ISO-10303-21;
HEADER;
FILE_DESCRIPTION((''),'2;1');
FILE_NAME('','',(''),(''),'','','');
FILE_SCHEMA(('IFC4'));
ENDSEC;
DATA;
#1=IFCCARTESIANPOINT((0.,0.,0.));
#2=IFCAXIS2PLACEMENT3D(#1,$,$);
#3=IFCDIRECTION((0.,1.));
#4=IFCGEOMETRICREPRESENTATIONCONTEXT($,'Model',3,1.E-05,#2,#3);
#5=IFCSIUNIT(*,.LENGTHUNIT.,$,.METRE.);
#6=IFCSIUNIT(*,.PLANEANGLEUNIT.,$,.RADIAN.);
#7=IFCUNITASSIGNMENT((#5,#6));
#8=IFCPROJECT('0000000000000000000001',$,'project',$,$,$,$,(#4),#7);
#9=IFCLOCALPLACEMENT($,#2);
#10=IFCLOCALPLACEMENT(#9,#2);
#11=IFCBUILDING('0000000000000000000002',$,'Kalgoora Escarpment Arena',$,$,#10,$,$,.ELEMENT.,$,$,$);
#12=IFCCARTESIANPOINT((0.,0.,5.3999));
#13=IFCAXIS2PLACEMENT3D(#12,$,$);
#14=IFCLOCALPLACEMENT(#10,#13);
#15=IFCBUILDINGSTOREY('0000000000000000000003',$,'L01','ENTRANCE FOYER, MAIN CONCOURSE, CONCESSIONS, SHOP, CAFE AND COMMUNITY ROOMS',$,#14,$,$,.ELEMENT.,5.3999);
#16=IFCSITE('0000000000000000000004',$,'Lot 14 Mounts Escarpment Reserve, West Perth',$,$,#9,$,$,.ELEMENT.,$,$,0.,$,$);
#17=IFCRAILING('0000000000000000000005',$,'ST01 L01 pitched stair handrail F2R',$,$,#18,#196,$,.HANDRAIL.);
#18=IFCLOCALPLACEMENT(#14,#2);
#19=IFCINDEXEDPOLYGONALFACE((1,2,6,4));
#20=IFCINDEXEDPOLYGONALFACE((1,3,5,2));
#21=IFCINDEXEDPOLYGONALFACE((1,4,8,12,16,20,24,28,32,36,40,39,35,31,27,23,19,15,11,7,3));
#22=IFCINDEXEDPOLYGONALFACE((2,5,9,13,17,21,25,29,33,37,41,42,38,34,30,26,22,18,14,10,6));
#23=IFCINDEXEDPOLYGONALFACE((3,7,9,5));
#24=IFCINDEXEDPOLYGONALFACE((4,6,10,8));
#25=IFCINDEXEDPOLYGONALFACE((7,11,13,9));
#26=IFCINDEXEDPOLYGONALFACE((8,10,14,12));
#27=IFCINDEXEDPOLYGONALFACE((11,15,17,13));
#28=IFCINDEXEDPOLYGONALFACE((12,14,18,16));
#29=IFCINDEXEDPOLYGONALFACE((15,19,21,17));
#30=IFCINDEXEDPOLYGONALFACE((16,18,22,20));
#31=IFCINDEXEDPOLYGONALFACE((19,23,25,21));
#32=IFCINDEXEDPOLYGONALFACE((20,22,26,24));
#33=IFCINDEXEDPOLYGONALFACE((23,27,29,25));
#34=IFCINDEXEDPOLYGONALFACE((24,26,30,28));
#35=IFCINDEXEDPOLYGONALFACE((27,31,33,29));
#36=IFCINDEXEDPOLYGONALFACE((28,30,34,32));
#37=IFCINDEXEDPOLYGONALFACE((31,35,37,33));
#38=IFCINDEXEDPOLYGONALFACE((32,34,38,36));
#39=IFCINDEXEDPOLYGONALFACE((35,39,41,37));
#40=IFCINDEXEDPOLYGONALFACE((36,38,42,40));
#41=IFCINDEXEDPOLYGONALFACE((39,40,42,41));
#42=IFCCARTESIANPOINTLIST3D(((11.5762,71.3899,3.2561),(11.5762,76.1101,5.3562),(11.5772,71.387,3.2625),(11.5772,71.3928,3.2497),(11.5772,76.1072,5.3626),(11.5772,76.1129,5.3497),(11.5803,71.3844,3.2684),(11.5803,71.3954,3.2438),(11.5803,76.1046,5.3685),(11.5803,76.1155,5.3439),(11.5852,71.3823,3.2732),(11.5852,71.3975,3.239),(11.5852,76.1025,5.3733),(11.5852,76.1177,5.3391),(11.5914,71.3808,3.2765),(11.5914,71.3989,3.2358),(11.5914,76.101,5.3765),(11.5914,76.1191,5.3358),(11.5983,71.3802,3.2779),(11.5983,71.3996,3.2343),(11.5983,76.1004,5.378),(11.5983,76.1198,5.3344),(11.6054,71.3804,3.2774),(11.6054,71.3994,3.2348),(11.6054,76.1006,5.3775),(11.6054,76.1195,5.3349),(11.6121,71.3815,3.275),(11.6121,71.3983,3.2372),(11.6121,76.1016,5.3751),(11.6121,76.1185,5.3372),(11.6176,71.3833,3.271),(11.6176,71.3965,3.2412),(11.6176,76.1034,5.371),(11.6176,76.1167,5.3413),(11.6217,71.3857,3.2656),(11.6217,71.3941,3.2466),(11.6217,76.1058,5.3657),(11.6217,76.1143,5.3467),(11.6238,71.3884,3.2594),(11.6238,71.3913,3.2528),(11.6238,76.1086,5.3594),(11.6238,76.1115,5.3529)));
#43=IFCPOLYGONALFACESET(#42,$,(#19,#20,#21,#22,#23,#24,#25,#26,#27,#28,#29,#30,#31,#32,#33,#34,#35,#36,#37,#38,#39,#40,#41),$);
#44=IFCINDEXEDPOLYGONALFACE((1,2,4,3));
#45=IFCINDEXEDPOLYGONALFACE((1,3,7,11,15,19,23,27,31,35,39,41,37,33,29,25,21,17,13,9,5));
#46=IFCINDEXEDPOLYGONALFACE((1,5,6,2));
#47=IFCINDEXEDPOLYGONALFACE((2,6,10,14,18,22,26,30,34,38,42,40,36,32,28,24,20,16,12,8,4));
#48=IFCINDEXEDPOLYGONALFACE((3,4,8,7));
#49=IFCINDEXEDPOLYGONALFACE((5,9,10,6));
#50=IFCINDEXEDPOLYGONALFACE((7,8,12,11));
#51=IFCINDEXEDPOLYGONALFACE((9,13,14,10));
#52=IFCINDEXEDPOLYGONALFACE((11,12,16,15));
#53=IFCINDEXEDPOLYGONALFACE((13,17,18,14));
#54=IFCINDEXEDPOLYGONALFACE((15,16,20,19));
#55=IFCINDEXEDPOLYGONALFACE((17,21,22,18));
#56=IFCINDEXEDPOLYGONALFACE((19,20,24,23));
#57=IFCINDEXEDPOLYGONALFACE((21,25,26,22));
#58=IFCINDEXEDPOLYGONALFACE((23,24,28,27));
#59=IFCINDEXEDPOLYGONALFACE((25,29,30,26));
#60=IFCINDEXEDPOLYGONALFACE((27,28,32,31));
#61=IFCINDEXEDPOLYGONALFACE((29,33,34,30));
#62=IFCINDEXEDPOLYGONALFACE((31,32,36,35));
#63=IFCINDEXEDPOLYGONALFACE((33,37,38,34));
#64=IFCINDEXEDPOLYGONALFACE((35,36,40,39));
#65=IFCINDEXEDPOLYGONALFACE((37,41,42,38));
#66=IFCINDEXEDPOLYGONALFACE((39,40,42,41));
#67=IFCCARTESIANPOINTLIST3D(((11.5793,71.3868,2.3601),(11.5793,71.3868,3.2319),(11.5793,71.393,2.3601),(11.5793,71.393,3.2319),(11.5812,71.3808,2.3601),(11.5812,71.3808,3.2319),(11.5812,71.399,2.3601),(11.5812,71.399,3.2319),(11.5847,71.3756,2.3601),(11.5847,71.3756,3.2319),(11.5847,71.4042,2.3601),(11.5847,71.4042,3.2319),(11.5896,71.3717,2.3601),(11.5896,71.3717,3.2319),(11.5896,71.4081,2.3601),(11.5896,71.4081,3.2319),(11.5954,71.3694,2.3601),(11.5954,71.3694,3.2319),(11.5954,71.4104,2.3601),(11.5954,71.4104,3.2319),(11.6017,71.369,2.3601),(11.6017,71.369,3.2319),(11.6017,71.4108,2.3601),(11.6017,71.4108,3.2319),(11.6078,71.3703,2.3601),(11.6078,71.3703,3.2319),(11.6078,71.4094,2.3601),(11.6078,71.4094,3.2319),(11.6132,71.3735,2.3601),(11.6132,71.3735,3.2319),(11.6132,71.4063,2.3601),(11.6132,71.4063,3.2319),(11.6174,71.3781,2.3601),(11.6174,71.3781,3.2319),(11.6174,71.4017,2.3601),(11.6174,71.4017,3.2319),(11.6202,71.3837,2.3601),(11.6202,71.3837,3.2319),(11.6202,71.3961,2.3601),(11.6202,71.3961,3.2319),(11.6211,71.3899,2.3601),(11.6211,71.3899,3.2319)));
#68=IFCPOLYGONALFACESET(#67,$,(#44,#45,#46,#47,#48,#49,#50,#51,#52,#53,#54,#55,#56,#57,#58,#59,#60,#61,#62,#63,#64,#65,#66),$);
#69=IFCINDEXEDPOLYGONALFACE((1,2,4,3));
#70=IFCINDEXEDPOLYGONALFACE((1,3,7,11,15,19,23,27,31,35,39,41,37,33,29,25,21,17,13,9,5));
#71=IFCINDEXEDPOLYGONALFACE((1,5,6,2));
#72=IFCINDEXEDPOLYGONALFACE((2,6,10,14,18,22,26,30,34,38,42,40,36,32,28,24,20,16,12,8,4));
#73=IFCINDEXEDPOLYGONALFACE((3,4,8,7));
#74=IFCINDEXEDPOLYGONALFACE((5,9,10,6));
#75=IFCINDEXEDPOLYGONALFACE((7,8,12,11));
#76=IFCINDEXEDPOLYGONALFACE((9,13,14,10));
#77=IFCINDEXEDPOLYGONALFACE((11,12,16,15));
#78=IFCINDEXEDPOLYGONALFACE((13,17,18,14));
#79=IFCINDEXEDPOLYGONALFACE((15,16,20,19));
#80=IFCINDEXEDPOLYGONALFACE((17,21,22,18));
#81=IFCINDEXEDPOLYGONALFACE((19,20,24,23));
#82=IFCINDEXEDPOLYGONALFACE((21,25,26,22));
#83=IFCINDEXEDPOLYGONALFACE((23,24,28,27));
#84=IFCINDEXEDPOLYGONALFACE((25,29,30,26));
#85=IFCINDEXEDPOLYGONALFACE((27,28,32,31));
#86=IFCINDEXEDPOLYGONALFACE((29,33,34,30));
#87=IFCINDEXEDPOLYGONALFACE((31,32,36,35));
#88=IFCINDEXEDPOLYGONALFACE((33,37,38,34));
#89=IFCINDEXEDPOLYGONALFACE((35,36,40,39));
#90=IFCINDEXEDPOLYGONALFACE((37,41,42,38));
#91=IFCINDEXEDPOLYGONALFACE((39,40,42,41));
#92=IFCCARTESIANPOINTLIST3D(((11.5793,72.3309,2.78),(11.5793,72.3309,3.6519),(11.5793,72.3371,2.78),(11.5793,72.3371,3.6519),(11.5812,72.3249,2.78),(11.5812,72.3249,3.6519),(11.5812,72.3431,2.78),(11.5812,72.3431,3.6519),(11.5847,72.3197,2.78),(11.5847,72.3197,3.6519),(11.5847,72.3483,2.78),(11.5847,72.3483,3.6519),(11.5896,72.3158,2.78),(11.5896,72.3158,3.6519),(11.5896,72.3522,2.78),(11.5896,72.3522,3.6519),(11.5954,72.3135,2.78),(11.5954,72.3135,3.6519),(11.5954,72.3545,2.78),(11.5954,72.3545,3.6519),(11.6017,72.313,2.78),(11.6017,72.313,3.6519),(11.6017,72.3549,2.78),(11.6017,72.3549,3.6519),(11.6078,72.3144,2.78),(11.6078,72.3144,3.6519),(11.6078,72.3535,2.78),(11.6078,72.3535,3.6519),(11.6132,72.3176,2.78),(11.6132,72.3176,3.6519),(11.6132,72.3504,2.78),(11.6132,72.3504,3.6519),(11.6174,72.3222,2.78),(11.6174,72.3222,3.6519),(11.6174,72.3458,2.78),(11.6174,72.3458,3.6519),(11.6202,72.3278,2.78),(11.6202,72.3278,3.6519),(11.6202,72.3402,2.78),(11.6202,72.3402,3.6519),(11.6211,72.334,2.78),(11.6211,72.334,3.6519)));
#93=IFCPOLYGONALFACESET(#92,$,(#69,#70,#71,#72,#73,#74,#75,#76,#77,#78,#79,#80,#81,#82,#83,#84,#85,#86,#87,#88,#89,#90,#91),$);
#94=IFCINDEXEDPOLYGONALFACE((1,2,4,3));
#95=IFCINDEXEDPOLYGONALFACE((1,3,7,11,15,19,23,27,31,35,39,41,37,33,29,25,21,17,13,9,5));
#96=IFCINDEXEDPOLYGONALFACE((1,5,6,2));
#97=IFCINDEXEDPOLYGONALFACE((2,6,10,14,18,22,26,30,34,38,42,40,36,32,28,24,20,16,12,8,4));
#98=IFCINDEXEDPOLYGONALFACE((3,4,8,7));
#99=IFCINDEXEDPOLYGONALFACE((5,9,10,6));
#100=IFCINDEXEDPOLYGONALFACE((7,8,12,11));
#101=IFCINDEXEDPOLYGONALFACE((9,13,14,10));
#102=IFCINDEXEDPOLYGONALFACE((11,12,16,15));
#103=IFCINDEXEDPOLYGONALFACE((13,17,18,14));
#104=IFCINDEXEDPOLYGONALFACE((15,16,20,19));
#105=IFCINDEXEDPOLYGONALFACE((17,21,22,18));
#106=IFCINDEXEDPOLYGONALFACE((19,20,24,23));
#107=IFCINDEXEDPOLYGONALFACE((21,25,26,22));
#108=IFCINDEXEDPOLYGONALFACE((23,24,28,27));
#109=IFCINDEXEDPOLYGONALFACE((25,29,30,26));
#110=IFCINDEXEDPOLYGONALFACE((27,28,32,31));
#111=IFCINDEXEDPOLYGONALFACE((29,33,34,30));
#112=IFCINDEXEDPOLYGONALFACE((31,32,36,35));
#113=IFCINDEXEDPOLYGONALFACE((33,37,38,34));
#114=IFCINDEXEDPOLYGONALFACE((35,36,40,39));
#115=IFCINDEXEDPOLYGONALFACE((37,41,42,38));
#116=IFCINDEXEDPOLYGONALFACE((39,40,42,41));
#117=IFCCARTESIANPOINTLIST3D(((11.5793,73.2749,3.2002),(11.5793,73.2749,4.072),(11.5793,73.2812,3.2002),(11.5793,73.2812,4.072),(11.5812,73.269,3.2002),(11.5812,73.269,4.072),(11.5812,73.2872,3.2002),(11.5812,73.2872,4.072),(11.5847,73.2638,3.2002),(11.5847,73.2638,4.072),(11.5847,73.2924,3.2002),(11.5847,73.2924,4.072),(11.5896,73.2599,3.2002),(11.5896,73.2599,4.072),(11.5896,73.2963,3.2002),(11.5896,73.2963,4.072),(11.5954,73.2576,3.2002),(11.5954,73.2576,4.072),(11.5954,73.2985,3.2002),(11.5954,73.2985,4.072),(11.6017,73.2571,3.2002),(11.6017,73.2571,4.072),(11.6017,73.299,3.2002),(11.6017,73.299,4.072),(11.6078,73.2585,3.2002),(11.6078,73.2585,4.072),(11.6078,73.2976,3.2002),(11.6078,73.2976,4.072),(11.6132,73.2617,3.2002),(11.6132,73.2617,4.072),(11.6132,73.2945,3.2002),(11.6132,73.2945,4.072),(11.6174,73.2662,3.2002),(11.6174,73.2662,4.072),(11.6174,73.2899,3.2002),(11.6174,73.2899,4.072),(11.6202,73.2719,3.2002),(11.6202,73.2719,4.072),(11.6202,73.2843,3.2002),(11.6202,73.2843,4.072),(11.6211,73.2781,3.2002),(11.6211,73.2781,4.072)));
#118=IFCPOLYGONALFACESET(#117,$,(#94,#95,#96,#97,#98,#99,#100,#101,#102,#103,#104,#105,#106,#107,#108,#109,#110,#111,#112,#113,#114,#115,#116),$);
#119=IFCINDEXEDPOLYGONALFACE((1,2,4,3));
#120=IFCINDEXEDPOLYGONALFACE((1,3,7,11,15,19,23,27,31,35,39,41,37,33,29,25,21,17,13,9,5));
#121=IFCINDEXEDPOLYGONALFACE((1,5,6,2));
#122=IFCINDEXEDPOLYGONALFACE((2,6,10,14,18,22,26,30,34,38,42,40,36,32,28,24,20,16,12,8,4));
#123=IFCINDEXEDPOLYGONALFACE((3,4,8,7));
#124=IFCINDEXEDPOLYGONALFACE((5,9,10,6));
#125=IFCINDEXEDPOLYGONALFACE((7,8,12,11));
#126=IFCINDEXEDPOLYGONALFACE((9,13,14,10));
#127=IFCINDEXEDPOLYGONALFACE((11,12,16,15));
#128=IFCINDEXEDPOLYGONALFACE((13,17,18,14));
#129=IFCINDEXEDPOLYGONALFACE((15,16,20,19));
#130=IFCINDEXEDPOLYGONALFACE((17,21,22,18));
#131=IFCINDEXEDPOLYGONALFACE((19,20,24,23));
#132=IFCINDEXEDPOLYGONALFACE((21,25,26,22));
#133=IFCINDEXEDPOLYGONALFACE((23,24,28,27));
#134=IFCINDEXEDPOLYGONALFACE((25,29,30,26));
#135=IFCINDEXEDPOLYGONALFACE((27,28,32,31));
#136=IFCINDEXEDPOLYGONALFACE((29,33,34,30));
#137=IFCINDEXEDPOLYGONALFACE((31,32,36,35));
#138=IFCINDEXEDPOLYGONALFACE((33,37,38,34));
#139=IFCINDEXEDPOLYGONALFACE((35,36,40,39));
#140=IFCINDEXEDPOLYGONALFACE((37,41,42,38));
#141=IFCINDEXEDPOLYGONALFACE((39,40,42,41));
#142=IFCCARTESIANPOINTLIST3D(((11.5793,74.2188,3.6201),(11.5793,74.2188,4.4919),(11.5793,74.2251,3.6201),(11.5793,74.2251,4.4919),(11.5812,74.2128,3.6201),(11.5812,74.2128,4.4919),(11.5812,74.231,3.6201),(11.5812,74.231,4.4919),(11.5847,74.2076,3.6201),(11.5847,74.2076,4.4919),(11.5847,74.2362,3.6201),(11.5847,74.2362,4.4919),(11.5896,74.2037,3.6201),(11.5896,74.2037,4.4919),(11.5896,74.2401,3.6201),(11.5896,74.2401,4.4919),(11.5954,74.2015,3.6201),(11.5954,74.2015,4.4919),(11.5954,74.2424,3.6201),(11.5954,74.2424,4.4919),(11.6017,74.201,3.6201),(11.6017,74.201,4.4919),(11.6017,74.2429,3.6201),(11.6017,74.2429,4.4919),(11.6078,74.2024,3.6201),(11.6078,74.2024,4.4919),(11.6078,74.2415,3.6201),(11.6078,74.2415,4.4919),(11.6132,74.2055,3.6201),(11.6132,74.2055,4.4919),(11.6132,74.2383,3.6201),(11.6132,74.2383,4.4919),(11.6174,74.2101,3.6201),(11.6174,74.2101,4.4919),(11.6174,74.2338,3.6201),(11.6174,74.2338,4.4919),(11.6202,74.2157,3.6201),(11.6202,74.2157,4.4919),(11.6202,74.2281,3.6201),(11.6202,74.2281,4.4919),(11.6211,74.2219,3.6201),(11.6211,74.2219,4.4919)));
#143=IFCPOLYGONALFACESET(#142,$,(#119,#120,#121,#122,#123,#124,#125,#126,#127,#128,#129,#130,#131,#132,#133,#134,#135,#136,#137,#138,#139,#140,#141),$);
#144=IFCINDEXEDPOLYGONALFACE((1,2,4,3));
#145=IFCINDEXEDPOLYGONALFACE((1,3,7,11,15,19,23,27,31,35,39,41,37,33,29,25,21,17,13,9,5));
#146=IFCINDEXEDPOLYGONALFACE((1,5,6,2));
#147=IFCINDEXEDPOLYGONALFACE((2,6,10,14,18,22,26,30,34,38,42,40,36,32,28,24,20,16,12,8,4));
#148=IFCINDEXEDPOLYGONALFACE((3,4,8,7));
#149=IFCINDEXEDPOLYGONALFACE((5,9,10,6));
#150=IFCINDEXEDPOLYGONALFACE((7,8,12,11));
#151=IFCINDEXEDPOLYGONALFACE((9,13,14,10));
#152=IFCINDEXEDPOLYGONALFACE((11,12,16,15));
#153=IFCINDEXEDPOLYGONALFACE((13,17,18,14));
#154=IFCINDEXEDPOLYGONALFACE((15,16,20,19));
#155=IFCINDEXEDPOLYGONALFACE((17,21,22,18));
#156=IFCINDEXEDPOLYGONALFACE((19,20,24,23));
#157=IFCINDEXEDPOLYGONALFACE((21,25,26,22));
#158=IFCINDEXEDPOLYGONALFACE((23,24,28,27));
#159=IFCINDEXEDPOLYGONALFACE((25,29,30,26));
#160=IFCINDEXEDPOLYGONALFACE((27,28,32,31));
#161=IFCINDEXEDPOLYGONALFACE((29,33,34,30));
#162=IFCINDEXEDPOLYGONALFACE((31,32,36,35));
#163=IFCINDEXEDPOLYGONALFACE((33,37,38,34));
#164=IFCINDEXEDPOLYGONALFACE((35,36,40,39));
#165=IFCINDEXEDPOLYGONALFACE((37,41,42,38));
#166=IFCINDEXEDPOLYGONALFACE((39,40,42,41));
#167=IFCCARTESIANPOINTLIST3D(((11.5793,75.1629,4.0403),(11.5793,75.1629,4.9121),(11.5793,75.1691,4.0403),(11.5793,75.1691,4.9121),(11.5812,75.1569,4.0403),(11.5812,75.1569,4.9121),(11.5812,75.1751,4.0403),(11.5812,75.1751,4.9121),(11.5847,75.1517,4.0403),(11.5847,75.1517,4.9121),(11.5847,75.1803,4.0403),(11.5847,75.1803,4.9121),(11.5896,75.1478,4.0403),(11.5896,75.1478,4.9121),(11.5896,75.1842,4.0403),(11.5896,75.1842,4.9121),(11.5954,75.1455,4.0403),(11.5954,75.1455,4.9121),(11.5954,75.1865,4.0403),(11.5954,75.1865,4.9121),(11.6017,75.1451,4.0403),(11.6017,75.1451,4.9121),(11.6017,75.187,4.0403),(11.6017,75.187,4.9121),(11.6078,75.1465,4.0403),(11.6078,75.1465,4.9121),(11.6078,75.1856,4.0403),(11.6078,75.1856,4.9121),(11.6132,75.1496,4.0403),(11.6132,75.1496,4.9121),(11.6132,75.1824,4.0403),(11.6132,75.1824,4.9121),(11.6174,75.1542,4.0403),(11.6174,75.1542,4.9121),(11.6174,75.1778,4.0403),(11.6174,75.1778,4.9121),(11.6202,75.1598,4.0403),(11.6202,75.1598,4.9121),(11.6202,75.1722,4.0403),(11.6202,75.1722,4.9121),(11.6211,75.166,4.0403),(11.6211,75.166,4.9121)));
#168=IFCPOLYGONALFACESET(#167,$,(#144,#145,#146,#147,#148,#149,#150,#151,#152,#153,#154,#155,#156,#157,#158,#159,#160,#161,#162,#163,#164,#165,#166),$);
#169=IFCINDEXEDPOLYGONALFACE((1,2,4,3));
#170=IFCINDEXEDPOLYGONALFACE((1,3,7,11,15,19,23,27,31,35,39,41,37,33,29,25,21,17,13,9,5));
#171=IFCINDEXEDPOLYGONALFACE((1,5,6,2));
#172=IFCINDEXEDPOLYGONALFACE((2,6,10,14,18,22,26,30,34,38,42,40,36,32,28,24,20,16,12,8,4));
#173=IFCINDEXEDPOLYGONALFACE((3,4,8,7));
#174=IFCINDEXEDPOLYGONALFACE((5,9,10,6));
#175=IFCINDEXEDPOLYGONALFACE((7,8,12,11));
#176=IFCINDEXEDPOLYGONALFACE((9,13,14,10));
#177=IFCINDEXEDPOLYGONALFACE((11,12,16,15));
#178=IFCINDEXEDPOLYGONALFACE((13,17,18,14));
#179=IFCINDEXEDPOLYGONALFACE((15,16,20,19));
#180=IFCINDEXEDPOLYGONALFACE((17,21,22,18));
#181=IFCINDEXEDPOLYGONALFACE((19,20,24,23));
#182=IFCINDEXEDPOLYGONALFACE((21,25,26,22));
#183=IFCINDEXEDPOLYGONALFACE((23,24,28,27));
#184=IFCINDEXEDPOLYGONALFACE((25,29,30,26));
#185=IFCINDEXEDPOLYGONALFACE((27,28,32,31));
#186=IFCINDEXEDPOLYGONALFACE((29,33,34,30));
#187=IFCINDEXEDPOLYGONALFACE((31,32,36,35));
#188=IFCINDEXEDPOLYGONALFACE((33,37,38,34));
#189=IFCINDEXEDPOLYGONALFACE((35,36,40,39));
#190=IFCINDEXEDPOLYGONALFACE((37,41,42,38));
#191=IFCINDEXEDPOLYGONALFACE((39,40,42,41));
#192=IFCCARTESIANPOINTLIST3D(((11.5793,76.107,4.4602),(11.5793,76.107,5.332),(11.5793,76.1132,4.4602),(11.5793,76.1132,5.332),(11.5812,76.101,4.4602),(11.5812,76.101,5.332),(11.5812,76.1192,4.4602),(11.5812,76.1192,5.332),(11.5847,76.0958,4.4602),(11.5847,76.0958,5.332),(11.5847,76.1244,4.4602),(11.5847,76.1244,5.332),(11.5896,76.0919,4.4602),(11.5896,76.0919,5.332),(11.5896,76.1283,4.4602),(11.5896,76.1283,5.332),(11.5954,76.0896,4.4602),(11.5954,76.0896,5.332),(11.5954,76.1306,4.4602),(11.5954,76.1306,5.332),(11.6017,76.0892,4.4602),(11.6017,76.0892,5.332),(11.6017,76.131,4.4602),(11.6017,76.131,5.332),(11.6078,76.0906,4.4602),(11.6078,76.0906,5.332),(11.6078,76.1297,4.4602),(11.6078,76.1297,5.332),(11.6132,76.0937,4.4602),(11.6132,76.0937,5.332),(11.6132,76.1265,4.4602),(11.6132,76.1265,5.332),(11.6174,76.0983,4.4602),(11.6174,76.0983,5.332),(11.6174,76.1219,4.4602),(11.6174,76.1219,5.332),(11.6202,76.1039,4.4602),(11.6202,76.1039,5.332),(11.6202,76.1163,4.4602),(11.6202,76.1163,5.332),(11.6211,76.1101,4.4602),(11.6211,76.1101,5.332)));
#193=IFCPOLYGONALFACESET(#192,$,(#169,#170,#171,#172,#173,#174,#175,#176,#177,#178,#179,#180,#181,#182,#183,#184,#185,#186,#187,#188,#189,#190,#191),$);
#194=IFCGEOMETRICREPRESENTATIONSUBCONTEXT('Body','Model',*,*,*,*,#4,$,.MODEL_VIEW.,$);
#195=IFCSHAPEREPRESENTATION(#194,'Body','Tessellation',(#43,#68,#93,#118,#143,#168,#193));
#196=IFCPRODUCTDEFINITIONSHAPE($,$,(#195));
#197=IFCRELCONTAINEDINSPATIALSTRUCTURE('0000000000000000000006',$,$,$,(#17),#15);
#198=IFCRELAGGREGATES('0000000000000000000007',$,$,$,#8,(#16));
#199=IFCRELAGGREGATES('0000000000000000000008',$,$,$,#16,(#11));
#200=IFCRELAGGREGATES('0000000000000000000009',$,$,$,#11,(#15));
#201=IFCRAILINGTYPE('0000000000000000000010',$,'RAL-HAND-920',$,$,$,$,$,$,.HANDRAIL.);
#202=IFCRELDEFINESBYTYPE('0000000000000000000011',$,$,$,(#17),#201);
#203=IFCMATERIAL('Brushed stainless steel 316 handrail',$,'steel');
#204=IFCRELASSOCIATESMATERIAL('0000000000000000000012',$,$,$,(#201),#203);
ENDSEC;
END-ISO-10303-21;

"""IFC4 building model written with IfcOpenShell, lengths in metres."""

from ifc_helpers import new_model, si_unit, direction, frame, origin, origin_2d, place, context, subcontext, project, spatial, circle, extrude, material, type_object, element, save


model = new_model("IFC4")

# Units and contexts
model_context = context("Model", 3, precision=1e-05, world=origin(), true_north=direction((0.0, 1.0)))
body_context = subcontext(model_context, "Body", "Model", "MODEL_VIEW")
ifc_project = project(units=[si_unit("LENGTHUNIT", "METRE"), si_unit("PLANEANGLEUNIT", "RADIAN")], contexts=[model_context])

# Site, building, storey
site_placement = place(None, origin())
site = spatial("IfcSite", under=ifc_project, at=site_placement, Name="Lot 14 Mounts Escarpment Reserve, West Perth", CompositionType="ELEMENT", RefElevation=0.0)
building_placement = place(site_placement, origin())
building = spatial("IfcBuilding", under=site, at=building_placement, Name="Kalgoora Escarpment Arena", CompositionType="ELEMENT")
storey_placement = place(building_placement, frame((0.0, 0.0, 5.3999)))
storey = spatial("IfcBuildingStorey", under=building, at=storey_placement, Name="L01", Description="ENTRANCE FOYER, MAIN CONCOURSE, CONCESSIONS, SHOP, CAFE AND COMMUNITY ROOMS", CompositionType="ELEMENT", Elevation=5.3999)

# Railing
ifc_material_1 = material(Name="Brushed stainless steel 316 handrail", Category="steel")
railing_type_1 = type_object("IfcRailingType", Name="RAL-HAND-920", PredefinedType="HANDRAIL", material=ifc_material_1)
for number, where, name in (
    (1, (11.6001, 71.3899, 2.3601), "ST01 L01 pitched stair handrail F2R"),
):
    element("IfcRailing", number, at=place(storey_placement, frame(where)), inside=storey, type_object=railing_type_1, Name=name, PredefinedType="HANDRAIL", context=body_context, shape_type="SweptSolid", body=[
        extrude(circle(Radius=0.0239, at=origin_2d()), frame((0.0, 0.0, 0.896), z_axis=(0.0, 0.913652, 0.406498), x_axis=(-1.0, 0.0, 0.0)), (0.0, 0.0, 1.0), 5.1663),
        extrude(circle(Radius=0.021, at=origin_2d()), origin(), (0.0, 0.0, 1.0), 0.8718),
        extrude(circle(Radius=0.021, at=origin_2d()), frame((0.0, 0.9441, 0.4199)), (0.0, 0.0, 1.0), 0.8718),
        extrude(circle(Radius=0.021, at=origin_2d()), frame((0.0, 1.8882, 0.8401)), (0.0, 0.0, 1.0), 0.8718),
        extrude(circle(Radius=0.021, at=origin_2d()), frame((0.0, 2.832, 1.26)), (0.0, 0.0, 1.0), 0.8718),
        extrude(circle(Radius=0.021, at=origin_2d()), frame((0.0, 3.7761, 1.6802)), (0.0, 0.0, 1.0), 0.8718),
        extrude(circle(Radius=0.021, at=origin_2d()), frame((0.0, 4.7202, 2.1001)), (0.0, 0.0, 1.0), 0.8718),
    ])

save(model, "model.ifc")
